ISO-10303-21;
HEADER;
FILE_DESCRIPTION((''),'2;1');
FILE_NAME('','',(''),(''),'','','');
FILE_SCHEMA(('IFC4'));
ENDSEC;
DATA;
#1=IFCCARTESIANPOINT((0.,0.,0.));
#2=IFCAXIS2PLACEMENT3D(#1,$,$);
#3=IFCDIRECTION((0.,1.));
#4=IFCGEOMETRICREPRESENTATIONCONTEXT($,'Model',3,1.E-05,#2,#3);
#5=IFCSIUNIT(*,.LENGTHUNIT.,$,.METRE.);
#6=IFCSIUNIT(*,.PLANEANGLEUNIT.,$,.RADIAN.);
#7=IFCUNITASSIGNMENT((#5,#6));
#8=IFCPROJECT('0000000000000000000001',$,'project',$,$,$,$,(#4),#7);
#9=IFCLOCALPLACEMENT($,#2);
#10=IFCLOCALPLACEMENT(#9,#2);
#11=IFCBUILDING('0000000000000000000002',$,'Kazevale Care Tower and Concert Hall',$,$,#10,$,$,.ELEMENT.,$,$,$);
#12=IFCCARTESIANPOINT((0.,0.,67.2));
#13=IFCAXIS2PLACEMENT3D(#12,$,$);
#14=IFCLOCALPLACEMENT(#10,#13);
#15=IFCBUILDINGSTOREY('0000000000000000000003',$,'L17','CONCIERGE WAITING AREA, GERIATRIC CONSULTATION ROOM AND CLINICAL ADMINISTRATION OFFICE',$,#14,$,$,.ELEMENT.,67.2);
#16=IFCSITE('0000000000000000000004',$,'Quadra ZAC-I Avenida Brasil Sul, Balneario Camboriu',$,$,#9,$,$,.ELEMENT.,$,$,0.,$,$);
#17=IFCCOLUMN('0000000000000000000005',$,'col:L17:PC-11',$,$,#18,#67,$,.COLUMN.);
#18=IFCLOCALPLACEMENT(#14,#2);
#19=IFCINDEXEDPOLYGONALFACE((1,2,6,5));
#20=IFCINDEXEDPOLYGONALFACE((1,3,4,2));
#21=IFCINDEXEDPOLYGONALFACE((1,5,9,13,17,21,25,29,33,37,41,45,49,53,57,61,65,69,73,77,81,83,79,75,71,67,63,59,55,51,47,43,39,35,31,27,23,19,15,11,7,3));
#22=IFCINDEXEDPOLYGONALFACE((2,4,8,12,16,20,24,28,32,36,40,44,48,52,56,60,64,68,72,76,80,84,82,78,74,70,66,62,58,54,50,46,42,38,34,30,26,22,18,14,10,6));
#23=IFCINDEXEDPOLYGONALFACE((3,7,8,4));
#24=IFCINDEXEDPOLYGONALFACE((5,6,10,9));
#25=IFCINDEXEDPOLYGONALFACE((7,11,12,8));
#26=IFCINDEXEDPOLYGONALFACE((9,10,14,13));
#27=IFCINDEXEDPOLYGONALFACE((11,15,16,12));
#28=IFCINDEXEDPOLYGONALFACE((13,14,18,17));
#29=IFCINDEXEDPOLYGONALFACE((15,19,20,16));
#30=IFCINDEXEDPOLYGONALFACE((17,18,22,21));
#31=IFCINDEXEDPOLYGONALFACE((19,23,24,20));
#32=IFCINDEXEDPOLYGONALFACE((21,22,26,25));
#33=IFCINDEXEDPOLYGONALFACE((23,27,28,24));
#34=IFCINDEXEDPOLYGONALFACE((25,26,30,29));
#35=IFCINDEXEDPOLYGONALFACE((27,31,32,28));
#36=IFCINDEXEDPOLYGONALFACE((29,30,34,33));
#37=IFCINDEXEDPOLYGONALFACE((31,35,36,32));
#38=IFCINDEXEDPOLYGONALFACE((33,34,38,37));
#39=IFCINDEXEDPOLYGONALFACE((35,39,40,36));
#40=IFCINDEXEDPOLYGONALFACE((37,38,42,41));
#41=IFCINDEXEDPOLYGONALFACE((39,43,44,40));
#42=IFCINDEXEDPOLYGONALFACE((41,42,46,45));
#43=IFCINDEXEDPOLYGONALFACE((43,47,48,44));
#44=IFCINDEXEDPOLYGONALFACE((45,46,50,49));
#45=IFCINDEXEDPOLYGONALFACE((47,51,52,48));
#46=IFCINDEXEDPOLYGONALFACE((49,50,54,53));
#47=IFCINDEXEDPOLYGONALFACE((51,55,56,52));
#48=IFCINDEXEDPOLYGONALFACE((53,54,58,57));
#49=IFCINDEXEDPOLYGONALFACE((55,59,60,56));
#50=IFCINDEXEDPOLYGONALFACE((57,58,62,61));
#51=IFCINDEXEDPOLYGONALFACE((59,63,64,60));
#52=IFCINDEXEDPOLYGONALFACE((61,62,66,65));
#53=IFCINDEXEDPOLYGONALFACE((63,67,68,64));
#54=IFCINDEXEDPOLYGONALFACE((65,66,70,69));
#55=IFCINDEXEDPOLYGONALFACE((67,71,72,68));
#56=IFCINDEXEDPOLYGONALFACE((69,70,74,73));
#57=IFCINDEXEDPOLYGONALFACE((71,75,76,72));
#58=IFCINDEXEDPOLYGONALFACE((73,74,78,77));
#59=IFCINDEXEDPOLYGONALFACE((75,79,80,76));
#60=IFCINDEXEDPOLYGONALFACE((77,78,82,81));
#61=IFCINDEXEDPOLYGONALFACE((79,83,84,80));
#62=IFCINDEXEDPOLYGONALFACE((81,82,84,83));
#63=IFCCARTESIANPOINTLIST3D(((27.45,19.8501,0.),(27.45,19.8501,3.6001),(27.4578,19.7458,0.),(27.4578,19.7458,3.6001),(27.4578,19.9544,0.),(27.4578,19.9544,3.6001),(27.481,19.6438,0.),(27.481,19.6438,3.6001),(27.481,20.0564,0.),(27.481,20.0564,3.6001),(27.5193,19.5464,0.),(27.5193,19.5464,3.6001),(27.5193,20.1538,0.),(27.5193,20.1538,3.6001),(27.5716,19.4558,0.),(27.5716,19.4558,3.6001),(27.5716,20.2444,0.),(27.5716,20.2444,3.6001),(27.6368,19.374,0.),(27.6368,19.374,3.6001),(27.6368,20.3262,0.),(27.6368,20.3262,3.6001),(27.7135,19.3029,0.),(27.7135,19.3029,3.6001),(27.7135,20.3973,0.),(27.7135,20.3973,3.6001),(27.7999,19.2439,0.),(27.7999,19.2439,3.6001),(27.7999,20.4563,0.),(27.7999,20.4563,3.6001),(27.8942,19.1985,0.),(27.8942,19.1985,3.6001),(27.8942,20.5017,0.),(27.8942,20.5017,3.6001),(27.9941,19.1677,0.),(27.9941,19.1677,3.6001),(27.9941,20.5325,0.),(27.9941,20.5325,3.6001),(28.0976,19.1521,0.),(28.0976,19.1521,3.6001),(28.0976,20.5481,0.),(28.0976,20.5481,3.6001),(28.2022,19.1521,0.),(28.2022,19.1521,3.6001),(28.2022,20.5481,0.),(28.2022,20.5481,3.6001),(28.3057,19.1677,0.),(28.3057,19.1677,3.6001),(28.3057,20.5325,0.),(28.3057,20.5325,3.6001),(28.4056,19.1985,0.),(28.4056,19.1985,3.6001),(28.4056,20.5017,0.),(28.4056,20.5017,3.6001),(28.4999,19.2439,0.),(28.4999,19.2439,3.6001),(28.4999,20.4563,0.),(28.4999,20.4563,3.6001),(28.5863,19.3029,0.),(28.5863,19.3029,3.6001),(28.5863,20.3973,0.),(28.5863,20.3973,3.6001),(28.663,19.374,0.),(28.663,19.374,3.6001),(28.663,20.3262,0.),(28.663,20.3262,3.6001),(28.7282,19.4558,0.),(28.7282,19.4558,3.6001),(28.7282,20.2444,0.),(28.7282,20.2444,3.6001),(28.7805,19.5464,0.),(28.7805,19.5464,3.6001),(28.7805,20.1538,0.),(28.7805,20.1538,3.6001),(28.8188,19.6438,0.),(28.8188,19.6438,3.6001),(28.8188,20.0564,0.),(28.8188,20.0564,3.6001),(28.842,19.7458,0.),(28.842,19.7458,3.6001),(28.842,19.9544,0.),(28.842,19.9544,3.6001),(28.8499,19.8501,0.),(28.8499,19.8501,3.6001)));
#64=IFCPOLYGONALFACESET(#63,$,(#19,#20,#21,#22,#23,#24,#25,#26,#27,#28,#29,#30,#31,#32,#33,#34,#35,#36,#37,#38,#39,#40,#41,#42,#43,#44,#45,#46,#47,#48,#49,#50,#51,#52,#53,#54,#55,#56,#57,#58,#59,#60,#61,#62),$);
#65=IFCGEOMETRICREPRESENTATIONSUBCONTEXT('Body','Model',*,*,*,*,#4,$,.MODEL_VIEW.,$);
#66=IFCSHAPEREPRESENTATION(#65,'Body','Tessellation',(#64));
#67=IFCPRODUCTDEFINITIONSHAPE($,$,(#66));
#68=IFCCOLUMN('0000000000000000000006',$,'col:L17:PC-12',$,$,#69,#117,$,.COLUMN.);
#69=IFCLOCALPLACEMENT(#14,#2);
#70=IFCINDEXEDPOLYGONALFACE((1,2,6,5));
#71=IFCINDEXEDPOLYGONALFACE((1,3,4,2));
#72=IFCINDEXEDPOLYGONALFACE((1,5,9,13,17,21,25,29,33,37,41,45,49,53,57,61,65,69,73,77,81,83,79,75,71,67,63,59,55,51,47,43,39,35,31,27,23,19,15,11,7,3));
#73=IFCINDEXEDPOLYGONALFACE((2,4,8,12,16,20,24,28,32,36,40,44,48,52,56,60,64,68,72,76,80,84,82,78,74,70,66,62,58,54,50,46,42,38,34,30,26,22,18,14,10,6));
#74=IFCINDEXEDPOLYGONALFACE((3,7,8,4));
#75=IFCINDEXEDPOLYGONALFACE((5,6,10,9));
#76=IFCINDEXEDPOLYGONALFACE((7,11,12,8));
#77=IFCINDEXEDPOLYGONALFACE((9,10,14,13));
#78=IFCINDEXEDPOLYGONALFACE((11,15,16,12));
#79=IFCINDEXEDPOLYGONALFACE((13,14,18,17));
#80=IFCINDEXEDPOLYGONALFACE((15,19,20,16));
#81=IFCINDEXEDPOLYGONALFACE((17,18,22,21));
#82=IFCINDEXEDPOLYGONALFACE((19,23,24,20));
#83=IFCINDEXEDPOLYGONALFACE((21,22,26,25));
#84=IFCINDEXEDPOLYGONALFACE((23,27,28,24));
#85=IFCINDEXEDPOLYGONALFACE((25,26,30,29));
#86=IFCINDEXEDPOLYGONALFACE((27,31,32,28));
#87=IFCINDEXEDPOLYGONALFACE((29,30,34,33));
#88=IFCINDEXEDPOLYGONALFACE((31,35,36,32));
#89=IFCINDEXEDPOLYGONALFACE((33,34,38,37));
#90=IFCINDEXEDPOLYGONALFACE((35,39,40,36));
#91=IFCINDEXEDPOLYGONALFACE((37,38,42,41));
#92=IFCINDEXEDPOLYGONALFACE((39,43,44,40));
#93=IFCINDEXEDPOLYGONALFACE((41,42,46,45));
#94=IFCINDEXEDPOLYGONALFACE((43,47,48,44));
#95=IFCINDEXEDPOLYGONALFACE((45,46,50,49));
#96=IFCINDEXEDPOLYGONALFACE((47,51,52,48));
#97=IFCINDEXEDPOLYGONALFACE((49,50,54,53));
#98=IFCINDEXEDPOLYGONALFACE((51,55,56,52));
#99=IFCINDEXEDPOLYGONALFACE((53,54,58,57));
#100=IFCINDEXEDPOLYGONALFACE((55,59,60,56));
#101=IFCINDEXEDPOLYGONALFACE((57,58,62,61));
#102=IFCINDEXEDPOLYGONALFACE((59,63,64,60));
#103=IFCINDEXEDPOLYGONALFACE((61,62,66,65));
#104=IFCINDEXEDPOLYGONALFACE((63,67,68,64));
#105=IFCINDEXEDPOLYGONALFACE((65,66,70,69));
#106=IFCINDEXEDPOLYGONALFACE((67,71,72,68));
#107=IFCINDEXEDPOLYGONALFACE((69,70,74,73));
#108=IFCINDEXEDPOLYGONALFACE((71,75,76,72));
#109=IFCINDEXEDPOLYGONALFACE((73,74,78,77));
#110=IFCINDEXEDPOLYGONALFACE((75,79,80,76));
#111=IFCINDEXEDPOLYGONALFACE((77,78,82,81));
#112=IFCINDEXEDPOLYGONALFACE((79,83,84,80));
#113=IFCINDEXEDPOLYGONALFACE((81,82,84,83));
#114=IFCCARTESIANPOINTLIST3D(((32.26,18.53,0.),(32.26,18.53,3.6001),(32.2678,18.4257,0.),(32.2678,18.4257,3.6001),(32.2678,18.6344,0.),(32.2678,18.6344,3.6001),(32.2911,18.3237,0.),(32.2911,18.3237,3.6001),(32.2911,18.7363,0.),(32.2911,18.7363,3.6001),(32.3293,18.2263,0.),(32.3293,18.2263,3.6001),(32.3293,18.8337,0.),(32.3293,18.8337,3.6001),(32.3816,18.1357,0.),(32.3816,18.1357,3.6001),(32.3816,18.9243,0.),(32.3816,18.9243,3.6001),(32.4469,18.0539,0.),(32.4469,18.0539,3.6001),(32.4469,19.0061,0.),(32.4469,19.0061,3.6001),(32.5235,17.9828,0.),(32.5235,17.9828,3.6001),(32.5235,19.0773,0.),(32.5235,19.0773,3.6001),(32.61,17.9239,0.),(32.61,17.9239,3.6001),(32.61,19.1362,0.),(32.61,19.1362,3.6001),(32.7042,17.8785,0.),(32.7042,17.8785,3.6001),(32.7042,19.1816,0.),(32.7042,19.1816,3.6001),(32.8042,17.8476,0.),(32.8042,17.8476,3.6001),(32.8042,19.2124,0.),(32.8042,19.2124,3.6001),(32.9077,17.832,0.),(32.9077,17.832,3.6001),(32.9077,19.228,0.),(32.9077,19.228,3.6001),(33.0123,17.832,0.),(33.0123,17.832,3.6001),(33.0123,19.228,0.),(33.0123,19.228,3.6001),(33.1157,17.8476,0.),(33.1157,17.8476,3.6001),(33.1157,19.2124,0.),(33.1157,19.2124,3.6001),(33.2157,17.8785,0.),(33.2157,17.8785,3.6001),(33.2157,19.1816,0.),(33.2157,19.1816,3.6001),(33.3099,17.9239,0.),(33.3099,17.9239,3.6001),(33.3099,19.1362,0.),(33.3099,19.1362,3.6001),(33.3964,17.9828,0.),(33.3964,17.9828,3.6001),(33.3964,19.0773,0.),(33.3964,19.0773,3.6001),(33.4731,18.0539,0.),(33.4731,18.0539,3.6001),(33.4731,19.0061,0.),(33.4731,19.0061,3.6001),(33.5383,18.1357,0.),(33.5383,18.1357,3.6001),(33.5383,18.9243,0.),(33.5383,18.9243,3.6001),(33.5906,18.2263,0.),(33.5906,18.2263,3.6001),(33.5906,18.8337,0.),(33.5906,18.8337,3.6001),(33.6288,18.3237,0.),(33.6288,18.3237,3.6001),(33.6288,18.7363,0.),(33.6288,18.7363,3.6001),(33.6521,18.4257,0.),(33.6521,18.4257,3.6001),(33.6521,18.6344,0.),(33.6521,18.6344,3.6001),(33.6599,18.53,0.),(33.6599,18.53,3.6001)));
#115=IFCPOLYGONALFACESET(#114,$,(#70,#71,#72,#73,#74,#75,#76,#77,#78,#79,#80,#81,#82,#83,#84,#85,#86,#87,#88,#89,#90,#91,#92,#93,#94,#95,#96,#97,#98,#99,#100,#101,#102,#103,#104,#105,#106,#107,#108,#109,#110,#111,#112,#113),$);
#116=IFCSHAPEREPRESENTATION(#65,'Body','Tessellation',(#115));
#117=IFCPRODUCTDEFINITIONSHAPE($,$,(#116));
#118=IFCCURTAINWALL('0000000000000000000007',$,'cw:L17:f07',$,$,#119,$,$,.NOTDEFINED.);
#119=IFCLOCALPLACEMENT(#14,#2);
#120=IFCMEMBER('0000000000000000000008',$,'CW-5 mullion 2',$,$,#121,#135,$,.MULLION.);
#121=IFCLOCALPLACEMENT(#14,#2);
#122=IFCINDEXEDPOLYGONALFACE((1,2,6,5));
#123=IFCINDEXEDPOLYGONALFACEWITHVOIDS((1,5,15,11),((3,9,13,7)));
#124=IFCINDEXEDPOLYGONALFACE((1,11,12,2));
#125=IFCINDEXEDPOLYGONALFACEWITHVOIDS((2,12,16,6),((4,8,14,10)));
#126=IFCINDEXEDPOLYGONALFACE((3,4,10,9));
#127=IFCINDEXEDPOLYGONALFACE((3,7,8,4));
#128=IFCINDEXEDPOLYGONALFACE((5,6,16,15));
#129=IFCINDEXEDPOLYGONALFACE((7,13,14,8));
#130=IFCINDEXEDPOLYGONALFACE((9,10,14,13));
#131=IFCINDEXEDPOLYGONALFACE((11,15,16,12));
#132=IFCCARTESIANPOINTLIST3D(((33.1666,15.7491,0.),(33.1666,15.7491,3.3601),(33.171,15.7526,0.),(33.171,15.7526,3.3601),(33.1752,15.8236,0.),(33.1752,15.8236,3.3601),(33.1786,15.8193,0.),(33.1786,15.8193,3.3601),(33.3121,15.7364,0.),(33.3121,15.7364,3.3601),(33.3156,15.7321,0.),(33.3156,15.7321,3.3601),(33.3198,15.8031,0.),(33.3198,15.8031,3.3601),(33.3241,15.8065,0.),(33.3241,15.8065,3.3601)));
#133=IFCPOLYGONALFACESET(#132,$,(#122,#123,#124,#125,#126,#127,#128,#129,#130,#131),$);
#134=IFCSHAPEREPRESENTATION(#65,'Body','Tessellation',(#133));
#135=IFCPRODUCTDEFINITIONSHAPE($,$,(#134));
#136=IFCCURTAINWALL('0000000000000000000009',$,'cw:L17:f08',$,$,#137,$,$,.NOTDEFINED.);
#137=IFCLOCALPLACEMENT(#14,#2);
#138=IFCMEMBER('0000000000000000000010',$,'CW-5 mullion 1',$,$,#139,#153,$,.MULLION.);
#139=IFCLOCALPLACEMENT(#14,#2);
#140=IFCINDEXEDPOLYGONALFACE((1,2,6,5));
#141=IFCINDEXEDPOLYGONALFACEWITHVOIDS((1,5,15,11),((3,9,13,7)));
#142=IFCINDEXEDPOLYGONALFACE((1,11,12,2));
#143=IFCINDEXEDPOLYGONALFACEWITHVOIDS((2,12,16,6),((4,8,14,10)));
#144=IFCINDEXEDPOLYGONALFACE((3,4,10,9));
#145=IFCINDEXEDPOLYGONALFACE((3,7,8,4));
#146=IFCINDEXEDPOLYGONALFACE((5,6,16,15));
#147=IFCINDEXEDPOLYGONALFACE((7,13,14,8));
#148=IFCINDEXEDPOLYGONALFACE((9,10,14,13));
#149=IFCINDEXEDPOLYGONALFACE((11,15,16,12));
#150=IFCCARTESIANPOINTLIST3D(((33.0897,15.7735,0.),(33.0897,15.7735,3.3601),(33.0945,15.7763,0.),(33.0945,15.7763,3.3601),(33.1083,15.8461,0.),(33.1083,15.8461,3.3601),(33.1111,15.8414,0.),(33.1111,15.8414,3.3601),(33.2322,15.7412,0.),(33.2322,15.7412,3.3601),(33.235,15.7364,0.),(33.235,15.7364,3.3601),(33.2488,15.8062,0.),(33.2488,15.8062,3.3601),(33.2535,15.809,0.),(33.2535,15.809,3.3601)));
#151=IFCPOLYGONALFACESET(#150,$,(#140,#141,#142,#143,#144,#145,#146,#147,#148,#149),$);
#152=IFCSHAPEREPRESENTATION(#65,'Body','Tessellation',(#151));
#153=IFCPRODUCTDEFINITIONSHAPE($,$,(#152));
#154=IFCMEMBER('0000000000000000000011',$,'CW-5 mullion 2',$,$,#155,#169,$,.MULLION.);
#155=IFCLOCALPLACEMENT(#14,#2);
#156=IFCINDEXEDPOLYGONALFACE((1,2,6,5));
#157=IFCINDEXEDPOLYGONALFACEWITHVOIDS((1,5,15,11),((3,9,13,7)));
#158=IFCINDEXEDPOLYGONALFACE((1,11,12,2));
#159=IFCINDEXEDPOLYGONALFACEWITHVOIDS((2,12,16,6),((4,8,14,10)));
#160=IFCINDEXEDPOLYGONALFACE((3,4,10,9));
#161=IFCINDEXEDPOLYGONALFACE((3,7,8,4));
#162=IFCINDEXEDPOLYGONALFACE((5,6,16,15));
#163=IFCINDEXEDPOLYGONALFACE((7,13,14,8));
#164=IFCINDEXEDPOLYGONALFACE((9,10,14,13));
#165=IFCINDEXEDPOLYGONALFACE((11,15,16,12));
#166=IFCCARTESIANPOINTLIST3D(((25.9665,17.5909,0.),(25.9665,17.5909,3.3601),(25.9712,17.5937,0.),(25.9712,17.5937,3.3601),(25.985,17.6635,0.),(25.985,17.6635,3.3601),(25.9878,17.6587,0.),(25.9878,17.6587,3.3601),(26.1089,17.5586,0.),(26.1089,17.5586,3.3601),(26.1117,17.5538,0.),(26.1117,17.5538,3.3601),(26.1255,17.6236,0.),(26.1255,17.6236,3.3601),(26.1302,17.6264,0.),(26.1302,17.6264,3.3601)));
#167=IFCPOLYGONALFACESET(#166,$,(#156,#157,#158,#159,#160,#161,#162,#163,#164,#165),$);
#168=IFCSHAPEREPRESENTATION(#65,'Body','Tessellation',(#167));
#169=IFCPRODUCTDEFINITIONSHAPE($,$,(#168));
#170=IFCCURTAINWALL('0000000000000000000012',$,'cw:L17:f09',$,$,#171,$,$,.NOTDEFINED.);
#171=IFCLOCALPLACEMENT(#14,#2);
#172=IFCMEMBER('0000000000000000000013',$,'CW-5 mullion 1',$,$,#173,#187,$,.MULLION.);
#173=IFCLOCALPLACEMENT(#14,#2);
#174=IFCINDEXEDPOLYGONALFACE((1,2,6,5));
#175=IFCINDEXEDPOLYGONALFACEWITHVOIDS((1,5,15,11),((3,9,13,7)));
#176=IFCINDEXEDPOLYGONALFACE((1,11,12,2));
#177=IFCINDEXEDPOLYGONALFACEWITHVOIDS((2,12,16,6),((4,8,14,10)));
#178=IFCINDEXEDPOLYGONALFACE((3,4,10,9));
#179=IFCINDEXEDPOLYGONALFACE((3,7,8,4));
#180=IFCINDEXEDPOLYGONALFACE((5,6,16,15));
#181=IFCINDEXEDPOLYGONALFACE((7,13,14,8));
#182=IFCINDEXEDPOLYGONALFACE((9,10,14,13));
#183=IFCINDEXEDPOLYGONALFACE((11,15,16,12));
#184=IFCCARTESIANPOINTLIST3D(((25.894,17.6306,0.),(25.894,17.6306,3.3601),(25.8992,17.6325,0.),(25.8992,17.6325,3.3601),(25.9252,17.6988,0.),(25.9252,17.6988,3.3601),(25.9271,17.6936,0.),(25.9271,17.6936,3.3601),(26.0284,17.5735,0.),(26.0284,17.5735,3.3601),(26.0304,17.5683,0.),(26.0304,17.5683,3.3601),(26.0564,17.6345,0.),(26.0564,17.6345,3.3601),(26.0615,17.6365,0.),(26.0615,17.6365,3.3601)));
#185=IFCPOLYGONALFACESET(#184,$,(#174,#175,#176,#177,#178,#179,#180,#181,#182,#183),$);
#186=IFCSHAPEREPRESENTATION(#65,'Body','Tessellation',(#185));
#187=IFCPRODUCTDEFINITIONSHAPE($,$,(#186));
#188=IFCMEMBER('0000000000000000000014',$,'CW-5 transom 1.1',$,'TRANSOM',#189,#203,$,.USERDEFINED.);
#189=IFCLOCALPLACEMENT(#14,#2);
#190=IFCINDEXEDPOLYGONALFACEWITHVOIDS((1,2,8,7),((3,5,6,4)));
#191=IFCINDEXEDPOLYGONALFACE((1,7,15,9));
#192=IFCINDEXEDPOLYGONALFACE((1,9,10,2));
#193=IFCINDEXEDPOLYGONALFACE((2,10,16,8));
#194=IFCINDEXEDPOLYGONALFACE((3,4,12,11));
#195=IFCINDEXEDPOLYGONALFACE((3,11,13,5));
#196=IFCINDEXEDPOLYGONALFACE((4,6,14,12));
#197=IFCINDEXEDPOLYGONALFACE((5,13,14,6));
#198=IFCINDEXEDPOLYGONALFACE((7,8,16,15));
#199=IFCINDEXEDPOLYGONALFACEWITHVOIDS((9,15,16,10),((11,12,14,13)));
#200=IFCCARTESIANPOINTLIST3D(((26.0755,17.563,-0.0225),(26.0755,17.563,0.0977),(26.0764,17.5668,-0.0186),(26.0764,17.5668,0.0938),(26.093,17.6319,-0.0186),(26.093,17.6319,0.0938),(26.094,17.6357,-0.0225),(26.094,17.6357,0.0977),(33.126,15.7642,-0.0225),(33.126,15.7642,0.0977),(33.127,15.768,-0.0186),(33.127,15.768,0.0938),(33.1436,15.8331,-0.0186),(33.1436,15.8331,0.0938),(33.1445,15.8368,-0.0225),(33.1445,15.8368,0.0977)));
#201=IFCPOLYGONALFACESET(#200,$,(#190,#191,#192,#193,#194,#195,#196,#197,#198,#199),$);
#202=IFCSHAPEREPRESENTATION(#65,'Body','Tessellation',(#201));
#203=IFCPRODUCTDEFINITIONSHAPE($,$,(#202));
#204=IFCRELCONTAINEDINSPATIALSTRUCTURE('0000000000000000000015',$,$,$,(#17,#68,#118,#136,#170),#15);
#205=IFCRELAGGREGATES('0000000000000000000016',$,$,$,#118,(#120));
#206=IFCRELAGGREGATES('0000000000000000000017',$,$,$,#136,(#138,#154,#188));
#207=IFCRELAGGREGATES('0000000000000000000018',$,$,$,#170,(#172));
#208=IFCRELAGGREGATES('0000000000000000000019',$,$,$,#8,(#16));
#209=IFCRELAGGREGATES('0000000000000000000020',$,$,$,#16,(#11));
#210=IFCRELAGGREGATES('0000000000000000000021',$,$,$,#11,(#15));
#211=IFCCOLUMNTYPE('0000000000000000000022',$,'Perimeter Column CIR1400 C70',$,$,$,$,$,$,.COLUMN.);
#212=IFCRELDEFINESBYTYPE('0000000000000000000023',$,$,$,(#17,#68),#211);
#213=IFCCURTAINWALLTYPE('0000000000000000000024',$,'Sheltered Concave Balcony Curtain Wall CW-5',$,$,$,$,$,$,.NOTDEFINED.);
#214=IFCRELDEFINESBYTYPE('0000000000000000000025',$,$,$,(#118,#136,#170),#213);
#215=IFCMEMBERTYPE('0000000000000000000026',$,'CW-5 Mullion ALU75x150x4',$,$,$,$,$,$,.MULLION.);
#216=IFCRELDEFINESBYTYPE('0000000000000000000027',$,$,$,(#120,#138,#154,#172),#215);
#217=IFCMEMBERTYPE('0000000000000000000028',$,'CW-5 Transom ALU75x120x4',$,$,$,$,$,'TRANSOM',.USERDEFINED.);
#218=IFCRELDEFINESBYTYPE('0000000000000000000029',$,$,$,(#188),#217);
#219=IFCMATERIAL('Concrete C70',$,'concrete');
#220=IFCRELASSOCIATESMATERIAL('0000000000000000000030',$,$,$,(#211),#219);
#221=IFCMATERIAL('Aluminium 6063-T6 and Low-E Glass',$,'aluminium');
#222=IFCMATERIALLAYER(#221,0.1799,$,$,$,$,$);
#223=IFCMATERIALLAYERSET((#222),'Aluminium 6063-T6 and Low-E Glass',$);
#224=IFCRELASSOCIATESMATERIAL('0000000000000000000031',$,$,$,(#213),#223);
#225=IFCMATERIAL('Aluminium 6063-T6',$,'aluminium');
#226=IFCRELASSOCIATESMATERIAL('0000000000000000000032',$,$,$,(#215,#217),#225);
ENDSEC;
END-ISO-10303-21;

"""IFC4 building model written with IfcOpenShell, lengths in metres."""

from ifc_helpers import new_model, si_unit, direction, frame, origin, origin_2d, place, context, subcontext, project, spatial, hollow_rectangle, circle, extrude, material, layer, layer_set, material_profile, profile_set, type_object, element, aggregate, save


model = new_model("IFC4")

# Units and contexts
model_context = context("Model", 3, precision=1e-05, world=origin(), true_north=direction((0.0, 1.0)))
body_context = subcontext(model_context, "Body", "Model", "MODEL_VIEW")
ifc_project = project(units=[si_unit("LENGTHUNIT", "METRE"), si_unit("PLANEANGLEUNIT", "RADIAN")], contexts=[model_context])

# Site, building, storey
site_placement = place(None, origin())
site = spatial("IfcSite", under=ifc_project, at=site_placement, Name="Quadra ZAC-I Avenida Brasil Sul, Balneario Camboriu", CompositionType="ELEMENT", RefElevation=0.0)
building_placement = place(site_placement, origin())
building = spatial("IfcBuilding", under=site, at=building_placement, Name="Kazevale Care Tower and Concert Hall", CompositionType="ELEMENT")
storey_placement = place(building_placement, frame((0.0, 0.0, 67.2)))
storey = spatial("IfcBuildingStorey", under=building, at=storey_placement, Name="L17", Description="CONCIERGE WAITING AREA, GERIATRIC CONSULTATION ROOM AND CLINICAL ADMINISTRATION OFFICE", CompositionType="ELEMENT", Elevation=67.2)

# Columns
ifc_material_1 = material(Name="Concrete C70", Category="concrete")
ifc_material_profile_1 = material_profile(ifc_material_1, circle(Radius=0.7, at=origin_2d()), Name="RC-CIR1400")
ifc_profile_set_1 = profile_set([ifc_material_profile_1], Name="Concrete C70")
column_type = type_object("IfcColumnType", Name="Perimeter Column CIR1400 C70", PredefinedType="COLUMN", material=ifc_profile_set_1)
for number, where, z_axis, x_axis, name in (
    (1, (28.1499, 19.8501, 0.0), (0.0, 0.0, 1.0), (1.0, 0.0, 0.0), "col:L17:PC-11"),
    (2, (32.96, 18.53, 0.0), (0.0, 0.0, 1.0), (1.0, 0.0, 0.0), "col:L17:PC-12"),
):
    element("IfcColumn", number, at=place(storey_placement, frame(where, z_axis=z_axis, x_axis=x_axis)), inside=storey, type_object=column_type, Name=name, PredefinedType="COLUMN", context=body_context, shape_type="SweptSolid", body=[
        extrude(circle(Radius=0.7, at=origin_2d()), origin(), (0.0, 0.0, 1.0), 3.6001),
    ])

# Curtain wall, member
ifc_material_2 = material(Name="Aluminium 6063-T6 and Low-E Glass", Category="aluminium")
ifc_layer_1 = layer(ifc_material_2, 0.1799)
ifc_layer_set_1 = layer_set([ifc_layer_1], Name="Aluminium 6063-T6 and Low-E Glass")
curtain_wall_type = type_object("IfcCurtainWallType", Name="Sheltered Concave Balcony Curtain Wall CW-5", PredefinedType="NOTDEFINED", material=ifc_layer_set_1)
curtain_wall_1_placement = place(storey_placement, origin())
curtain_wall_1 = element("IfcCurtainWall", 3, at=curtain_wall_1_placement, inside=storey, type_object=curtain_wall_type, Name="cw:L17:f07", PredefinedType="NOTDEFINED")
ifc_material_3 = material(Name="Aluminium 6063-T6", Category="aluminium")
ifc_material_profile_2 = material_profile(ifc_material_3, hollow_rectangle(XDim=0.075, YDim=0.1499, WallThickness=0.0039, at=origin_2d()), Name="ALU75x150x4")
ifc_profile_set_2 = profile_set([ifc_material_profile_2], Name="Aluminium 6063-T6")
member_type_1 = type_object("IfcMemberType", Name="CW-5 Mullion ALU75x150x4", PredefinedType="MULLION", material=ifc_profile_set_2)
member_1_placement = place(storey_placement, frame((33.2454, 15.7778, 0.0), z_axis=(0.0, 0.0, 1.0), x_axis=(-0.113705, -0.993515, 0.0)))
member_1 = element("IfcMember", 4, at=member_1_placement, type_object=member_type_1, Name="CW-5 mullion 2", PredefinedType="MULLION", context=body_context, shape_type="SweptSolid", body=[
    extrude(hollow_rectangle(XDim=0.075, YDim=0.1499, WallThickness=0.0039, at=origin_2d()), origin(), (0.0, 0.0, 1.0), 3.3601),
])
aggregate(curtain_wall_1, [member_1])

# Curtain wall, members
curtain_wall_2_placement = place(storey_placement, origin())
curtain_wall_2 = element("IfcCurtainWall", 5, at=curtain_wall_2_placement, inside=storey, type_object=curtain_wall_type, Name="cw:L17:f08", PredefinedType="NOTDEFINED")
member_2_placement = place(storey_placement, frame((33.1716, 15.7913, 0.0), z_axis=(0.0, 0.0, 1.0), x_axis=(-0.247222, -0.968959, 0.0)))
member_2 = element("IfcMember", 6, at=member_2_placement, type_object=member_type_1, Name="CW-5 mullion 1", PredefinedType="MULLION", context=body_context, shape_type="SweptSolid", body=[
    extrude(hollow_rectangle(XDim=0.075, YDim=0.1499, WallThickness=0.0039, at=origin_2d()), origin(), (0.0, 0.0, 1.0), 3.3601),
])
member_3_placement = place(storey_placement, frame((26.0483, 17.6086, 0.0), z_axis=(0.0, 0.0, 1.0), x_axis=(-0.247222, -0.968959, 0.0)))
member_3 = element("IfcMember", 7, at=member_3_placement, type_object=member_type_1, Name="CW-5 mullion 2", PredefinedType="MULLION", context=body_context, shape_type="SweptSolid", body=[
    extrude(hollow_rectangle(XDim=0.075, YDim=0.1499, WallThickness=0.0039, at=origin_2d()), origin(), (0.0, 0.0, 1.0), 3.3601),
])

# Curtain wall, member
curtain_wall_3_placement = place(storey_placement, origin())
curtain_wall_3 = element("IfcCurtainWall", 8, at=curtain_wall_3_placement, inside=storey, type_object=curtain_wall_type, Name="cw:L17:f09", PredefinedType="NOTDEFINED")
member_4_placement = place(storey_placement, frame((25.9778, 17.6335, 0.0), z_axis=(0.0, 0.0, 1.0), x_axis=(-0.41566, -0.90952, 0.0)))
member_4 = element("IfcMember", 9, at=member_4_placement, type_object=member_type_1, Name="CW-5 mullion 1", PredefinedType="MULLION", context=body_context, shape_type="SweptSolid", body=[
    extrude(hollow_rectangle(XDim=0.075, YDim=0.1499, WallThickness=0.0039, at=origin_2d()), origin(), (0.0, 0.0, 1.0), 3.3601),
])

# Member
ifc_material_profile_3 = material_profile(ifc_material_3, hollow_rectangle(XDim=0.075, YDim=0.1201, WallThickness=0.0039, at=origin_2d()), Name="ALU75x120x4")
ifc_profile_set_3 = profile_set([ifc_material_profile_3], Name="Aluminium 6063-T6")
member_type_2 = type_object("IfcMemberType", Name="CW-5 Transom ALU75x120x4", ElementType="TRANSOM", PredefinedType="USERDEFINED", material=ifc_profile_set_3)
member_5_placement = place(storey_placement, frame((33.1353, 15.8005, 0.0376), z_axis=(-0.968961, 0.247214, 0.0), x_axis=(-0.247214, -0.968961, 0.0)))
member_5 = element("IfcMember", 10, at=member_5_placement, type_object=member_type_2, Name="CW-5 transom 1.1", ObjectType="TRANSOM", PredefinedType="USERDEFINED", context=body_context, shape_type="SweptSolid", body=[
    extrude(hollow_rectangle(XDim=0.075, YDim=0.1201, WallThickness=0.0039, at=origin_2d()), origin(), (0.0, 0.0, 1.0), 7.2764),
])

aggregate(curtain_wall_2, [member_2, member_3, member_5])
aggregate(curtain_wall_3, [member_4])

save(model, "model.ifc")
